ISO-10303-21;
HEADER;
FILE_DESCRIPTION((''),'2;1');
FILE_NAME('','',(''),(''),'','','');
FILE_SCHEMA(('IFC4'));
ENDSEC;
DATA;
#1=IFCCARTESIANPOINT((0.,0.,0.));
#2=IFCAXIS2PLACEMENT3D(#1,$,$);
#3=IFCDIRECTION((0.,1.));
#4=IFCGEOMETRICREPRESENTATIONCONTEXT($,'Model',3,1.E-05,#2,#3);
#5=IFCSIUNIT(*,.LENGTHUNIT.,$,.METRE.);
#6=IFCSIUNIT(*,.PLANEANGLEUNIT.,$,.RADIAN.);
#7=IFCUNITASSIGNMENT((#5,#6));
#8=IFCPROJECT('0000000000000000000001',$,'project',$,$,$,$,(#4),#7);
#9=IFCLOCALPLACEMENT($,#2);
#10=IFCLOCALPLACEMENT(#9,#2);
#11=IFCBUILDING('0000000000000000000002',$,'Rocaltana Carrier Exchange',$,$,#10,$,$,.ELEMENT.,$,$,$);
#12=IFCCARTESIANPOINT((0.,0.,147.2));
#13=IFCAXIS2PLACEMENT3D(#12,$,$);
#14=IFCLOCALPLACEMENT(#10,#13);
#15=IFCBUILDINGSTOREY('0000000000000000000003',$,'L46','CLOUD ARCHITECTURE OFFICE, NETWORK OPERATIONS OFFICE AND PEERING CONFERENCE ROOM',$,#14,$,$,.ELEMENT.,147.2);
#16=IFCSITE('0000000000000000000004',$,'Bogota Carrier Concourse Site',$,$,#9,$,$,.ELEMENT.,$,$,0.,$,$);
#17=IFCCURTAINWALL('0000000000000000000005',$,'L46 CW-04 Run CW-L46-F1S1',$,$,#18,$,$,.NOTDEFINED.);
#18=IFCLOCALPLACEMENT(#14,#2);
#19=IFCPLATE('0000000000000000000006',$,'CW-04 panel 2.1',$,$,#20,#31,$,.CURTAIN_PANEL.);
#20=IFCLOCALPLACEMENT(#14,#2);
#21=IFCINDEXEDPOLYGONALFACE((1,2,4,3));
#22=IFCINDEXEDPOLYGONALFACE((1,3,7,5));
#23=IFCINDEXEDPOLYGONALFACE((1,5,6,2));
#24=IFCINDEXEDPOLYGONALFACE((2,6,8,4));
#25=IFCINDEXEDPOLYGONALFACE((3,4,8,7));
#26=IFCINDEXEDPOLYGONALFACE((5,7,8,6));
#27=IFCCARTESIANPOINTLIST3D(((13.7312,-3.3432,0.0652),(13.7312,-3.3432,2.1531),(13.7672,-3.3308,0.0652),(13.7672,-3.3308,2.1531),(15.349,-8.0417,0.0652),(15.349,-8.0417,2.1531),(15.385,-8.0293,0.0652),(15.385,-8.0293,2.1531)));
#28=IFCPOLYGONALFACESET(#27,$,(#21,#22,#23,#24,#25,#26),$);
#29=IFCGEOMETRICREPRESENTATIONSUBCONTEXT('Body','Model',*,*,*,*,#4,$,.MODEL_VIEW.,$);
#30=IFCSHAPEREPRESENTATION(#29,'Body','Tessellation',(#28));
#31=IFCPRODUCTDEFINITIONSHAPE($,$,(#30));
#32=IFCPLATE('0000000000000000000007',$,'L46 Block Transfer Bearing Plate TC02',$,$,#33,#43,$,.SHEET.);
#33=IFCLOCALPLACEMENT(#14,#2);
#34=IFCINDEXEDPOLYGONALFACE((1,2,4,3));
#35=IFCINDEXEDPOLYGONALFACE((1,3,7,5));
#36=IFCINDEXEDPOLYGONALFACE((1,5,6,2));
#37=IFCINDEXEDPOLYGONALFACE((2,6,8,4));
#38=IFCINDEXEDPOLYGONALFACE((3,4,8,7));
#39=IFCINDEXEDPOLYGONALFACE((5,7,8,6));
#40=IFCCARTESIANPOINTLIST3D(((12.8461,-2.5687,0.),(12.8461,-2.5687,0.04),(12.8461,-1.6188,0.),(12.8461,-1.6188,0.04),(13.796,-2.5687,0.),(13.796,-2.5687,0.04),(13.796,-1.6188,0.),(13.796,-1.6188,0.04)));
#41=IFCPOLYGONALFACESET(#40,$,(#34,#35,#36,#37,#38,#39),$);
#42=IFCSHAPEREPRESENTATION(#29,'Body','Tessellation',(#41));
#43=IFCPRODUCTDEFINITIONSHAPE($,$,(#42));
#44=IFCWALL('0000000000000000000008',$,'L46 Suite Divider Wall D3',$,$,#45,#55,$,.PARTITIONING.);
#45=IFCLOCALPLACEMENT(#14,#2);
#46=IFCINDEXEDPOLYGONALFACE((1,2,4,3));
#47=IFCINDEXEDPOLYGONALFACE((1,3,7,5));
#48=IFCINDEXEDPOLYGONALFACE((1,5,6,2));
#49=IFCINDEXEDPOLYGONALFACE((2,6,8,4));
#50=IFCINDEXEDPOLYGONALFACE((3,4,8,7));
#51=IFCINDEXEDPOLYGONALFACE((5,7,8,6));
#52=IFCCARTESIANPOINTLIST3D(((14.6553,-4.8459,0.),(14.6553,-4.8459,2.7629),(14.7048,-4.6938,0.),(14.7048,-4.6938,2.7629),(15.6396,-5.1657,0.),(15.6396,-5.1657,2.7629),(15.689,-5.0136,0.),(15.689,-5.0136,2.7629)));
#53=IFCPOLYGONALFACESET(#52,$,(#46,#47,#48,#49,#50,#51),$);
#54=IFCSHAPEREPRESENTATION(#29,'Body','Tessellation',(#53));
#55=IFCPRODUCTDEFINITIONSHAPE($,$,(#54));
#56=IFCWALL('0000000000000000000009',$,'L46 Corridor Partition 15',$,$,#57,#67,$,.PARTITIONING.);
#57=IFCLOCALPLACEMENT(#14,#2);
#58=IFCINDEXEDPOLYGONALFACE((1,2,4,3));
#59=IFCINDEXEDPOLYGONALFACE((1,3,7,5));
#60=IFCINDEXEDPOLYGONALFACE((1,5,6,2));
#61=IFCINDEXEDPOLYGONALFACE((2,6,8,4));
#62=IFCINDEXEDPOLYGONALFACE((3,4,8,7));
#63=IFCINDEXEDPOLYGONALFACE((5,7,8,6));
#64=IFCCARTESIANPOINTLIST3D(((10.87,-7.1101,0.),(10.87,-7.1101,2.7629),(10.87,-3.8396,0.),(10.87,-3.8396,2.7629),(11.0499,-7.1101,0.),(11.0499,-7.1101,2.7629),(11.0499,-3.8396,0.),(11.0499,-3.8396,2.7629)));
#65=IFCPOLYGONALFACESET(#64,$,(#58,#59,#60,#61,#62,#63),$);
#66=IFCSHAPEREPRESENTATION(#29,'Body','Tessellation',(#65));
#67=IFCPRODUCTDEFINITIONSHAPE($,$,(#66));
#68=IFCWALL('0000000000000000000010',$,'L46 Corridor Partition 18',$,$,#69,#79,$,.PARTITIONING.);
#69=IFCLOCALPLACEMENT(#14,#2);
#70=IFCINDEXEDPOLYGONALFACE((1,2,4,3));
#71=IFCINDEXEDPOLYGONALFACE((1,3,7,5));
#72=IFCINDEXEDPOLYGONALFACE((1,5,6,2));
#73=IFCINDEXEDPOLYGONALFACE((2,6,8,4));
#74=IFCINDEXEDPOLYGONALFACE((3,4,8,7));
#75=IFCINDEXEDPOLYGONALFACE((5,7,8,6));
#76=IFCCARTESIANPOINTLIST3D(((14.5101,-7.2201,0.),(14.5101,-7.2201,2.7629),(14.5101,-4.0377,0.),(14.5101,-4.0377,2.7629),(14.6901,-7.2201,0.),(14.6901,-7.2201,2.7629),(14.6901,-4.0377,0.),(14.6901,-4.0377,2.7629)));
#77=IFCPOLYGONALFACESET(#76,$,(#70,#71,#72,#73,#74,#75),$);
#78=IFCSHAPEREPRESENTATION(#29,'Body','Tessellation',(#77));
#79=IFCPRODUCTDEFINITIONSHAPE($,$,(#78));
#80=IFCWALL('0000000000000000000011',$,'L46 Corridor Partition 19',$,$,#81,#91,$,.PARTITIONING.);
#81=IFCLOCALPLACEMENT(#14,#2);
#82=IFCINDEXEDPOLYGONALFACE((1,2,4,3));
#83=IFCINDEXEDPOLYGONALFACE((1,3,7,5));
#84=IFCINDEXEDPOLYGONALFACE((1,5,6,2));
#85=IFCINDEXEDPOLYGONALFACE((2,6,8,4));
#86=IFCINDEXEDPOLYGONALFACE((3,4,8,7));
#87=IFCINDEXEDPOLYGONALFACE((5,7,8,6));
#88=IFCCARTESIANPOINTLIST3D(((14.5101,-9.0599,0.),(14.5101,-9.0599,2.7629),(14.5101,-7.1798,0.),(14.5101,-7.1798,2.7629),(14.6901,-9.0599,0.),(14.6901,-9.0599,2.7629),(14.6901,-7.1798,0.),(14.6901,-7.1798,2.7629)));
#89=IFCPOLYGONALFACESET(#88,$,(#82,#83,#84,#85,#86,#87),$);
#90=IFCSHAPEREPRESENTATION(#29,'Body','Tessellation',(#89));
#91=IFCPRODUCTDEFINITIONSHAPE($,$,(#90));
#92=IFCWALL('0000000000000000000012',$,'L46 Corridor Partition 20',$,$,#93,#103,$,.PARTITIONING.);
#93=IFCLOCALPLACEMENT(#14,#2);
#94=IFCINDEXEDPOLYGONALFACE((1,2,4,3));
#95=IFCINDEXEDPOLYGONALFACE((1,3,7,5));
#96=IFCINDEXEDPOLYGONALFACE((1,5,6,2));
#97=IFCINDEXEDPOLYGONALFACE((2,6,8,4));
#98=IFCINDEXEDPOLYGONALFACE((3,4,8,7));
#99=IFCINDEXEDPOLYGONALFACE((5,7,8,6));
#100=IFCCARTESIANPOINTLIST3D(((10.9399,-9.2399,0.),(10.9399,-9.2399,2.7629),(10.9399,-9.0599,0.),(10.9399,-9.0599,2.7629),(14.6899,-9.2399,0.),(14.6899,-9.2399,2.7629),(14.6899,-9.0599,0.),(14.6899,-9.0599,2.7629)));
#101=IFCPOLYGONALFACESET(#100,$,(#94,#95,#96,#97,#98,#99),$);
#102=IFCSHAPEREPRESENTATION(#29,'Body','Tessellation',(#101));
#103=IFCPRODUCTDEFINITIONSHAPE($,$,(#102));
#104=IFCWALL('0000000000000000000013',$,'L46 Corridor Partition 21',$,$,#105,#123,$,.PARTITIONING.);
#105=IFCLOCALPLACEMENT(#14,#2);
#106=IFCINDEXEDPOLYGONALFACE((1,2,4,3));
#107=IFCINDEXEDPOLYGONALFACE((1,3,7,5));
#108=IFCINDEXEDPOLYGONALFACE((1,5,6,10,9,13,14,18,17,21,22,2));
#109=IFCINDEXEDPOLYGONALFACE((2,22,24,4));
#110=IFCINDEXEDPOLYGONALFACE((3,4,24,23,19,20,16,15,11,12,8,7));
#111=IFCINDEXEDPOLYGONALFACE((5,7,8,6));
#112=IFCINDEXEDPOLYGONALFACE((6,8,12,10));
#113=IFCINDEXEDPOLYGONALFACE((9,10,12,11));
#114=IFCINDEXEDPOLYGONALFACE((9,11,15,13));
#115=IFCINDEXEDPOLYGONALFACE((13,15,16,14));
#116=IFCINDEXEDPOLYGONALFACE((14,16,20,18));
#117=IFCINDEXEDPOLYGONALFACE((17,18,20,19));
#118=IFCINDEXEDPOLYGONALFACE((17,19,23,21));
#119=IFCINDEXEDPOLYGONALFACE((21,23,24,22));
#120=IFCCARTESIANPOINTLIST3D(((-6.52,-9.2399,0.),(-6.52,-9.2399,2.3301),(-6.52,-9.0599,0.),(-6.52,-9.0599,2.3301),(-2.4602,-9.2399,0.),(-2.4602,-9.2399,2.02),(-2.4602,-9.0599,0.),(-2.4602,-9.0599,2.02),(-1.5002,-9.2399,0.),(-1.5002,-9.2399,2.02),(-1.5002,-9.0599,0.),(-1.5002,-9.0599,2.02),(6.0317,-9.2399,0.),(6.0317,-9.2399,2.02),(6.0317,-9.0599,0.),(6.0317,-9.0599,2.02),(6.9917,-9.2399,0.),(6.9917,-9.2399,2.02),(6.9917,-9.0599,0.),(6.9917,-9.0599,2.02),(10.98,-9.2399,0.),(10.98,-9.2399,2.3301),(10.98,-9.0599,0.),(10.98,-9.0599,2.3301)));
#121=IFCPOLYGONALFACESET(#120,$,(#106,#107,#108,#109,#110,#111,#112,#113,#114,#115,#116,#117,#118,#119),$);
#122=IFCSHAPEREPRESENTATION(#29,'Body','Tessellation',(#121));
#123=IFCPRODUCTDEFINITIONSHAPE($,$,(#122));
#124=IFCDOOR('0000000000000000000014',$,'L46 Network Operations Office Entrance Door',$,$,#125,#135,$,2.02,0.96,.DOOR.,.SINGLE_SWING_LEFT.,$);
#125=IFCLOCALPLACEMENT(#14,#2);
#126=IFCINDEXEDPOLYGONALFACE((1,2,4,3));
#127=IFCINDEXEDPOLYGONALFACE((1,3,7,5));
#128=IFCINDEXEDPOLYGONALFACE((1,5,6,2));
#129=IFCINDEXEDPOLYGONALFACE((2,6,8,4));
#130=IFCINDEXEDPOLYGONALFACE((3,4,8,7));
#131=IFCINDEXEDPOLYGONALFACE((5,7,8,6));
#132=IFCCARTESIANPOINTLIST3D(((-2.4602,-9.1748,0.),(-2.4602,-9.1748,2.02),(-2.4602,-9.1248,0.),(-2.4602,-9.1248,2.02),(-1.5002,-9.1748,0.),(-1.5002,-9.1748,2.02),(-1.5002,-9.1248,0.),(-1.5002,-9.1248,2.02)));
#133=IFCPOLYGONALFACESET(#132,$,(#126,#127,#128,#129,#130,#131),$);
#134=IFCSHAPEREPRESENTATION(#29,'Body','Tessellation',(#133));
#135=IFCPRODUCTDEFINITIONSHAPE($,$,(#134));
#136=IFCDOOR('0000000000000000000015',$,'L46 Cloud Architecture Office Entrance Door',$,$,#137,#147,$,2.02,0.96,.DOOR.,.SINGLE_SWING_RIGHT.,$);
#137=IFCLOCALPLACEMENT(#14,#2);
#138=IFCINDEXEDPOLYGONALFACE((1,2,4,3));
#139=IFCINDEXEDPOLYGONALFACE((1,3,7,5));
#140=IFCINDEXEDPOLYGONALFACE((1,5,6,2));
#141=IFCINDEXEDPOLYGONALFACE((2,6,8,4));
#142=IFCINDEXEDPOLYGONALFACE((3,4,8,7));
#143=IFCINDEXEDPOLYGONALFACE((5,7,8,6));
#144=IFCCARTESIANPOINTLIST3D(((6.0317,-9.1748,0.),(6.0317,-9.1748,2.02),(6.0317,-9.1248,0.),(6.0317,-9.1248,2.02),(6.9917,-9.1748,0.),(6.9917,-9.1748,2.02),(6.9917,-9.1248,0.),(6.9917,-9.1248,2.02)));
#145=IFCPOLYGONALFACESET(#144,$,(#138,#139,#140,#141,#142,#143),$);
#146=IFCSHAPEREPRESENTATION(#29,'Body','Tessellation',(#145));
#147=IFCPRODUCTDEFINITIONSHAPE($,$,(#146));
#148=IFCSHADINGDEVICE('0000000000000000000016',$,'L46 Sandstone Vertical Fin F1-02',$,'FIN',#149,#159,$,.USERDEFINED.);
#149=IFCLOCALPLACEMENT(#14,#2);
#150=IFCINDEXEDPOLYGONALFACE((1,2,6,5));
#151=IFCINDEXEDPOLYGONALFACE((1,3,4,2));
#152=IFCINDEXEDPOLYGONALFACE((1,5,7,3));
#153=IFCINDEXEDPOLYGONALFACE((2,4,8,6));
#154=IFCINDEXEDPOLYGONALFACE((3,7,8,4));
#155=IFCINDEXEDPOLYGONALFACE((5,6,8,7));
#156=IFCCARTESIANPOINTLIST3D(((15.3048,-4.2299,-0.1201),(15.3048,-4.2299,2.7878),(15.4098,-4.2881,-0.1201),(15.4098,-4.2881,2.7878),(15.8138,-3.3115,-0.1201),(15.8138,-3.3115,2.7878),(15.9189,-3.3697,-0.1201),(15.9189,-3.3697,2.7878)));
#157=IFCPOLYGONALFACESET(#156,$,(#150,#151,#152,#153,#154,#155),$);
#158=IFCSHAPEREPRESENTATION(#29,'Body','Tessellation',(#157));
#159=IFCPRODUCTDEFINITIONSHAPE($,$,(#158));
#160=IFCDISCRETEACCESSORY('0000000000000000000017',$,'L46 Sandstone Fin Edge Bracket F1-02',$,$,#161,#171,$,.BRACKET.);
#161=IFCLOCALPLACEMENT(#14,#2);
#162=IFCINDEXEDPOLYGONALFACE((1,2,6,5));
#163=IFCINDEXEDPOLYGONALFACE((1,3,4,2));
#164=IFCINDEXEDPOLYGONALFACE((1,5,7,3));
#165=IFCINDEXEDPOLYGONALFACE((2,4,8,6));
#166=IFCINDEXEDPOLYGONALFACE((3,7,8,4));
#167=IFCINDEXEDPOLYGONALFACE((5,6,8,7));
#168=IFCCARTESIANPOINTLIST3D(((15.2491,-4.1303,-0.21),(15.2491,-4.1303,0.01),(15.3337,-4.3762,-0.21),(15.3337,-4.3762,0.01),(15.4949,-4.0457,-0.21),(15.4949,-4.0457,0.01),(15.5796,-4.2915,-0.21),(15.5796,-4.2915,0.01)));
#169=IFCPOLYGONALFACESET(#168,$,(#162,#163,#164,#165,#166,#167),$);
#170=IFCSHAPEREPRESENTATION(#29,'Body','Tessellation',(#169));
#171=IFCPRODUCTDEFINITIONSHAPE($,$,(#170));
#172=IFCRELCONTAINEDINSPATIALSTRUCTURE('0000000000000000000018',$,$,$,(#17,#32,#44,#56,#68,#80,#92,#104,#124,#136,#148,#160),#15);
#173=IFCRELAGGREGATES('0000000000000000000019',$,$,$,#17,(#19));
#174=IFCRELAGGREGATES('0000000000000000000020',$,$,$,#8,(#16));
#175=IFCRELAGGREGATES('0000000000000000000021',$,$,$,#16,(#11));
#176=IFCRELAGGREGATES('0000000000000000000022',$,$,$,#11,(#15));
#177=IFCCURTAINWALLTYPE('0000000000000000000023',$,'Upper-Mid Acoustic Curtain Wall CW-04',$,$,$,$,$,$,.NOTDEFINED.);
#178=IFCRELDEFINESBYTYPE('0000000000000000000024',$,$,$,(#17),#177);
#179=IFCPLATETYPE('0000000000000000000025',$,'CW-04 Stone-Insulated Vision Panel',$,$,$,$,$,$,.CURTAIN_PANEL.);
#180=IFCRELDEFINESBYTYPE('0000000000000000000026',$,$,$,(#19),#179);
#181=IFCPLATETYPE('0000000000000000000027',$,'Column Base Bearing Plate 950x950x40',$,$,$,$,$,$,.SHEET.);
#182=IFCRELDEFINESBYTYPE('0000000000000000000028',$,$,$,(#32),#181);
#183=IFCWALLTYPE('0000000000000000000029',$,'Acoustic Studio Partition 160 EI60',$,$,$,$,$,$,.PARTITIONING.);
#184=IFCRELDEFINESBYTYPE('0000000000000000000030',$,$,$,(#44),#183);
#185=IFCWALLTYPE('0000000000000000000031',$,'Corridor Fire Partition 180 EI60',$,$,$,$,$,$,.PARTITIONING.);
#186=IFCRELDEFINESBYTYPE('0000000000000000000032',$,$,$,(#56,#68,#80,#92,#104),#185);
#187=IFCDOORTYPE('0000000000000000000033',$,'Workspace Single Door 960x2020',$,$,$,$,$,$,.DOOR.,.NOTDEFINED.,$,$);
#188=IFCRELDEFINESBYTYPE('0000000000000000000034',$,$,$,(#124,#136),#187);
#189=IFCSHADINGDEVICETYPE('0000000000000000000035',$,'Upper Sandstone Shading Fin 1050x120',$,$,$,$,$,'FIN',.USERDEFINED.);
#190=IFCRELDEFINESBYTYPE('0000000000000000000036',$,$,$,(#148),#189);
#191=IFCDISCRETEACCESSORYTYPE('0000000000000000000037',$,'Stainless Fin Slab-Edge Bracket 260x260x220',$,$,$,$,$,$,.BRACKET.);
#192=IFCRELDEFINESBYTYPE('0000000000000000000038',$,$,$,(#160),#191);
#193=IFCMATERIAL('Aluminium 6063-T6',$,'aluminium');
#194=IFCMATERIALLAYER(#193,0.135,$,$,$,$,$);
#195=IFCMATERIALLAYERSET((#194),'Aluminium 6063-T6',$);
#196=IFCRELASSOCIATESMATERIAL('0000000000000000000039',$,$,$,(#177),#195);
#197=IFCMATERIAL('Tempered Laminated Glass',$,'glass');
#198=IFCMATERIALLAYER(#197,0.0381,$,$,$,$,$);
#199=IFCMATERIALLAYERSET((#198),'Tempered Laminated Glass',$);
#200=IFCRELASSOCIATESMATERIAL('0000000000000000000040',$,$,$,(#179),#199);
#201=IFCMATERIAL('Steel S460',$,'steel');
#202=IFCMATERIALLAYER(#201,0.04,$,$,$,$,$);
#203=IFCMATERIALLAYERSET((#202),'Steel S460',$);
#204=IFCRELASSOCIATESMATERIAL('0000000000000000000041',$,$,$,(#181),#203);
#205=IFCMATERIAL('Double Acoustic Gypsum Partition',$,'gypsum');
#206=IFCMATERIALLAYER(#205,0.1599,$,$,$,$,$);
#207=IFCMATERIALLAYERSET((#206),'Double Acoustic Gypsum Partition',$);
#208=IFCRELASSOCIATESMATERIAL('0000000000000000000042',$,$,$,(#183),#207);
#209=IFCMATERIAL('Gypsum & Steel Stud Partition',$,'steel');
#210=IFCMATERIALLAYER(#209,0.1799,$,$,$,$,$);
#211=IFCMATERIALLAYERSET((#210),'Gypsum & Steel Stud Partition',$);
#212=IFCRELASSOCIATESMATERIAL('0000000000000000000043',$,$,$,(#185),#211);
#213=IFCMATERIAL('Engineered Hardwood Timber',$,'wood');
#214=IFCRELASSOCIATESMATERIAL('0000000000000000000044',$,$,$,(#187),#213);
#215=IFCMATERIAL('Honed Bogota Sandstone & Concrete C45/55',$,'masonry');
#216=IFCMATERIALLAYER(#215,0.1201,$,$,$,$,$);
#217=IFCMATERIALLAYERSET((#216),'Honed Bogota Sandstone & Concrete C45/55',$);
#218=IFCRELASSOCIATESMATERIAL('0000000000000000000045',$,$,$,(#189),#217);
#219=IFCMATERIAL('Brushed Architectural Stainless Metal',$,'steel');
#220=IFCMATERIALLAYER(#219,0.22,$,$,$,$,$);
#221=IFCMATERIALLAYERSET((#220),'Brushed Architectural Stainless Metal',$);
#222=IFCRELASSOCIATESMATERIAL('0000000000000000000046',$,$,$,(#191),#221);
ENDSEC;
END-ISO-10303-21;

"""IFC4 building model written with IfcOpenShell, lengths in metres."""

from ifc_helpers import new_model, si_unit, direction, frame, frame_2d, origin, origin_2d, place, context, subcontext, project, spatial, rectangle, extrude, material, layer, layer_set, type_object, element, fill, aggregate, save


model = new_model("IFC4")

# Units and contexts
model_context = context("Model", 3, precision=1e-05, world=origin(), true_north=direction((0.0, 1.0)))
body_context = subcontext(model_context, "Body", "Model", "MODEL_VIEW")
ifc_project = project(units=[si_unit("LENGTHUNIT", "METRE"), si_unit("PLANEANGLEUNIT", "RADIAN")], contexts=[model_context])

# Site, building, storey
site_placement = place(None, origin())
site = spatial("IfcSite", under=ifc_project, at=site_placement, Name="Bogota Carrier Concourse Site", CompositionType="ELEMENT", RefElevation=0.0)
building_placement = place(site_placement, origin())
building = spatial("IfcBuilding", under=site, at=building_placement, Name="Rocaltana Carrier Exchange", CompositionType="ELEMENT")
storey_placement = place(building_placement, frame((0.0, 0.0, 147.2)))
storey = spatial("IfcBuildingStorey", under=building, at=storey_placement, Name="L46", Description="CLOUD ARCHITECTURE OFFICE, NETWORK OPERATIONS OFFICE AND PEERING CONFERENCE ROOM", CompositionType="ELEMENT", Elevation=147.2)

# Curtain wall
ifc_material_1 = material(Name="Aluminium 6063-T6", Category="aluminium")
ifc_layer_1 = layer(ifc_material_1, 0.135)
ifc_layer_set_1 = layer_set([ifc_layer_1], Name="Aluminium 6063-T6")
curtain_wall_type = type_object("IfcCurtainWallType", Name="Upper-Mid Acoustic Curtain Wall CW-04", PredefinedType="NOTDEFINED", material=ifc_layer_set_1)
curtain_wall_placement = place(storey_placement, origin())
curtain_wall = element("IfcCurtainWall", 1, at=curtain_wall_placement, inside=storey, type_object=curtain_wall_type, Name="L46 CW-04 Run CW-L46-F1S1", PredefinedType="NOTDEFINED")

# Plates
ifc_material_2 = material(Name="Tempered Laminated Glass", Category="glass")
ifc_layer_2 = layer(ifc_material_2, 0.0381)
ifc_layer_set_2 = layer_set([ifc_layer_2], Name="Tempered Laminated Glass")
plate_type_1 = type_object("IfcPlateType", Name="CW-04 Stone-Insulated Vision Panel", PredefinedType="CURTAIN_PANEL", material=ifc_layer_set_2)
plate_1_placement = place(storey_placement, frame((14.5581, -5.6863, 0.0652), z_axis=(0.0, 0.0, 1.0), x_axis=(-0.325559, 0.945522, 0.0)))
plate_1 = element("IfcPlate", 2, at=plate_1_placement, type_object=plate_type_1, Name="CW-04 panel 2.1", PredefinedType="CURTAIN_PANEL", context=body_context, shape_type="SweptSolid", body=[
    extrude(rectangle(XDim=4.9692, YDim=0.0381, at=origin_2d()), origin(), (0.0, 0.0, 1.0), 2.0879),
])
aggregate(curtain_wall, [plate_1])
ifc_material_3 = material(Name="Steel S460", Category="steel")
ifc_layer_3 = layer(ifc_material_3, 0.04)
ifc_layer_set_3 = layer_set([ifc_layer_3], Name="Steel S460")
plate_type_2 = type_object("IfcPlateType", Name="Column Base Bearing Plate 950x950x40", PredefinedType="SHEET", material=ifc_layer_set_3)
plate_2_placement = place(storey_placement, frame((13.321, -2.0938, 0.0), z_axis=(0.0, 0.0, 1.0), x_axis=(1.0, 0.0, 0.0)))
element("IfcPlate", 3, at=plate_2_placement, inside=storey, type_object=plate_type_2, Name="L46 Block Transfer Bearing Plate TC02", PredefinedType="SHEET", context=body_context, shape_type="SweptSolid", body=[
    extrude(rectangle(XDim=0.95, YDim=0.95, at=origin_2d()), origin(), (0.0, 0.0, 1.0), 0.04),
])

# Walls
ifc_material_4 = material(Name="Double Acoustic Gypsum Partition", Category="gypsum")
ifc_layer_4 = layer(ifc_material_4, 0.1599)
ifc_layer_set_4 = layer_set([ifc_layer_4], Name="Double Acoustic Gypsum Partition")
wall_type_1 = type_object("IfcWallType", Name="Acoustic Studio Partition 160 EI60", PredefinedType="PARTITIONING", material=ifc_layer_set_4)
wall_1_placement = place(storey_placement, frame((14.6799, -4.7698, 0.0), z_axis=(0.0, 0.0, 1.0), x_axis=(0.951039, -0.30907, 0.0)))
element("IfcWall", 4, at=wall_1_placement, inside=storey, type_object=wall_type_1, Name="L46 Suite Divider Wall D3", PredefinedType="PARTITIONING", context=body_context, shape_type="SweptSolid", body=[
    extrude(rectangle(XDim=1.0349, YDim=0.1599, at=frame_2d((0.5176, 0.0))), origin(), (0.0, 0.0, 1.0), 2.7629),
])
ifc_material_5 = material(Name="Gypsum & Steel Stud Partition", Category="steel")
ifc_layer_5 = layer(ifc_material_5, 0.1799)
ifc_layer_set_5 = layer_set([ifc_layer_5], Name="Gypsum & Steel Stud Partition")
wall_type_2 = type_object("IfcWallType", Name="Corridor Fire Partition 180 EI60", PredefinedType="PARTITIONING", material=ifc_layer_set_5)
wall_2_placement = place(storey_placement, frame((10.96, -7.1101, 0.0), z_axis=(0.0, 0.0, 1.0), x_axis=(0.0, 1.0, 0.0)))
element("IfcWall", 5, at=wall_2_placement, inside=storey, type_object=wall_type_2, Name="L46 Corridor Partition 15", PredefinedType="PARTITIONING", context=body_context, shape_type="SweptSolid", body=[
    extrude(rectangle(XDim=3.2705, YDim=0.1799, at=frame_2d((1.6353, 0.0))), origin(), (0.0, 0.0, 1.0), 2.7629),
])
wall_3_placement = place(storey_placement, frame((14.6001, -4.0376, 0.0), z_axis=(0.0, 0.0, 1.0), x_axis=(0.0, -1.0, 0.0)))
element("IfcWall", 6, at=wall_3_placement, inside=storey, type_object=wall_type_2, Name="L46 Corridor Partition 18", PredefinedType="PARTITIONING", context=body_context, shape_type="SweptSolid", body=[
    extrude(rectangle(XDim=3.1824, YDim=0.1799, at=frame_2d((1.5913, 0.0))), origin(), (0.0, 0.0, 1.0), 2.7629),
])
wall_4_placement = place(storey_placement, frame((14.6001, -7.1799, 0.0), z_axis=(0.0, 0.0, 1.0), x_axis=(0.0, -1.0, 0.0)))
element("IfcWall", 7, at=wall_4_placement, inside=storey, type_object=wall_type_2, Name="L46 Corridor Partition 19", PredefinedType="PARTITIONING", context=body_context, shape_type="SweptSolid", body=[
    extrude(rectangle(XDim=1.8801, YDim=0.1799, at=frame_2d((0.9399, 0.0))), origin(), (0.0, 0.0, 1.0), 2.7629),
])
wall_5_placement = place(storey_placement, frame((14.6899, -9.1499, 0.0), z_axis=(0.0, 0.0, 1.0), x_axis=(-1.0, 0.0, 0.0)))
element("IfcWall", 8, at=wall_5_placement, inside=storey, type_object=wall_type_2, Name="L46 Corridor Partition 20", PredefinedType="PARTITIONING", context=body_context, shape_type="SweptSolid", body=[
    extrude(rectangle(XDim=3.75, YDim=0.1799, at=frame_2d((1.875, 0.0))), origin(), (0.0, 0.0, 1.0), 2.7629),
])

# Wall, openings, doors
wall_6_placement = place(storey_placement, frame((10.98, -9.1499, 0.0), z_axis=(0.0, 0.0, 1.0), x_axis=(-1.0, 0.0, 0.0)))
wall_6 = element("IfcWall", 9, at=wall_6_placement, inside=storey, type_object=wall_type_2, Name="L46 Corridor Partition 21", PredefinedType="PARTITIONING", context=body_context, shape_type="SweptSolid", body=[
    extrude(rectangle(XDim=17.5, YDim=0.1799, at=frame_2d((8.75, 0.0))), origin(), (0.0, 0.0, 1.0), 2.3301),
])
opening_1_placement = place(wall_6_placement, frame((12.4802, 0.0, 0.0)))
opening_1 = element("IfcOpeningElement", 10, at=opening_1_placement, cuts=wall_6, PredefinedType="OPENING", context=body_context, shape_type="SweptSolid", body=[
    extrude(rectangle(XDim=0.96, YDim=2.02, at=frame_2d((0.48, 1.01))), frame((0.0, 0.0999, 0.0), z_axis=(0.0, -1.0, 0.0), x_axis=(1.0, 0.0, 0.0)), (0.0, 0.0, 1.0), 0.2),
])
opening_2_placement = place(wall_6_placement, frame((3.9883, 0.0, 0.0)))
opening_2 = element("IfcOpeningElement", 11, at=opening_2_placement, cuts=wall_6, PredefinedType="OPENING", context=body_context, shape_type="SweptSolid", body=[
    extrude(rectangle(XDim=0.96, YDim=2.02, at=frame_2d((0.48, 1.01))), frame((0.0, 0.0999, 0.0), z_axis=(0.0, -1.0, 0.0), x_axis=(1.0, 0.0, 0.0)), (0.0, 0.0, 1.0), 0.2),
])
ifc_material_6 = material(Name="Engineered Hardwood Timber", Category="wood")
door_type = type_object("IfcDoorType", Name="Workspace Single Door 960x2020", OperationType="NOTDEFINED", PredefinedType="DOOR", material=ifc_material_6)
door_1_placement = place(opening_1_placement, origin())
door_1 = element("IfcDoor", 12, at=door_1_placement, inside=storey, type_object=door_type, Name="L46 Network Operations Office Entrance Door", OperationType="SINGLE_SWING_LEFT", OverallHeight=2.02, OverallWidth=0.96, PredefinedType="DOOR", context=body_context, shape_type="SweptSolid", body=[
    extrude(rectangle(XDim=0.96, YDim=2.02, at=frame_2d((0.48, 1.01))), frame((0.0, 0.0249, 0.0), z_axis=(0.0, -1.0, 0.0), x_axis=(1.0, 0.0, 0.0)), (0.0, 0.0, 1.0), 0.05),
])
fill(opening_1, door_1)
door_2_placement = place(opening_2_placement, origin())
door_2 = element("IfcDoor", 13, at=door_2_placement, inside=storey, type_object=door_type, Name="L46 Cloud Architecture Office Entrance Door", OperationType="SINGLE_SWING_RIGHT", OverallHeight=2.02, OverallWidth=0.96, PredefinedType="DOOR", context=body_context, shape_type="SweptSolid", body=[
    extrude(rectangle(XDim=0.96, YDim=2.02, at=frame_2d((0.48, 1.01))), frame((0.0, 0.0249, 0.0), z_axis=(0.0, -1.0, 0.0), x_axis=(1.0, 0.0, 0.0)), (0.0, 0.0, 1.0), 0.05),
])
fill(opening_2, door_2)

# Shading device
ifc_material_7 = material(Name="Honed Bogota Sandstone & Concrete C45/55", Category="masonry")
ifc_layer_6 = layer(ifc_material_7, 0.1201)
ifc_layer_set_6 = layer_set([ifc_layer_6], Name="Honed Bogota Sandstone & Concrete C45/55")
shading_device_type = type_object("IfcShadingDeviceType", Name="Upper Sandstone Shading Fin 1050x120", ElementType="FIN", PredefinedType="USERDEFINED", material=ifc_layer_set_6)
shading_device_placement = place(storey_placement, frame((15.6118, -3.7998, -0.1201), z_axis=(0.0, 0.0, 1.0), x_axis=(0.48481, 0.87462, 0.0)))
element("IfcShadingDevice", 14, at=shading_device_placement, inside=storey, type_object=shading_device_type, Name="L46 Sandstone Vertical Fin F1-02", ObjectType="FIN", PredefinedType="USERDEFINED", context=body_context, shape_type="SweptSolid", body=[
    extrude(rectangle(XDim=1.05, YDim=0.1201, at=origin_2d()), origin(), (0.0, 0.0, 1.0), 2.908),
])

# Discrete accessory
ifc_material_8 = material(Name="Brushed Architectural Stainless Metal", Category="steel")
ifc_layer_7 = layer(ifc_material_8, 0.22)
ifc_layer_set_7 = layer_set([ifc_layer_7], Name="Brushed Architectural Stainless Metal")
discrete_accessory_type = type_object("IfcDiscreteAccessoryType", Name="Stainless Fin Slab-Edge Bracket 260x260x220", PredefinedType="BRACKET", material=ifc_layer_set_7)
discrete_accessory_placement = place(storey_placement, frame((15.4143, -4.2109, -0.21), z_axis=(0.0, 0.0, 1.0), x_axis=(-0.325568, 0.945519, 0.0)))
element("IfcDiscreteAccessory", 15, at=discrete_accessory_placement, inside=storey, type_object=discrete_accessory_type, Name="L46 Sandstone Fin Edge Bracket F1-02", PredefinedType="BRACKET", context=body_context, shape_type="SweptSolid", body=[
    extrude(rectangle(XDim=0.26, YDim=0.26, at=origin_2d()), origin(), (0.0, 0.0, 1.0), 0.22),
])

save(model, "model.ifc")
